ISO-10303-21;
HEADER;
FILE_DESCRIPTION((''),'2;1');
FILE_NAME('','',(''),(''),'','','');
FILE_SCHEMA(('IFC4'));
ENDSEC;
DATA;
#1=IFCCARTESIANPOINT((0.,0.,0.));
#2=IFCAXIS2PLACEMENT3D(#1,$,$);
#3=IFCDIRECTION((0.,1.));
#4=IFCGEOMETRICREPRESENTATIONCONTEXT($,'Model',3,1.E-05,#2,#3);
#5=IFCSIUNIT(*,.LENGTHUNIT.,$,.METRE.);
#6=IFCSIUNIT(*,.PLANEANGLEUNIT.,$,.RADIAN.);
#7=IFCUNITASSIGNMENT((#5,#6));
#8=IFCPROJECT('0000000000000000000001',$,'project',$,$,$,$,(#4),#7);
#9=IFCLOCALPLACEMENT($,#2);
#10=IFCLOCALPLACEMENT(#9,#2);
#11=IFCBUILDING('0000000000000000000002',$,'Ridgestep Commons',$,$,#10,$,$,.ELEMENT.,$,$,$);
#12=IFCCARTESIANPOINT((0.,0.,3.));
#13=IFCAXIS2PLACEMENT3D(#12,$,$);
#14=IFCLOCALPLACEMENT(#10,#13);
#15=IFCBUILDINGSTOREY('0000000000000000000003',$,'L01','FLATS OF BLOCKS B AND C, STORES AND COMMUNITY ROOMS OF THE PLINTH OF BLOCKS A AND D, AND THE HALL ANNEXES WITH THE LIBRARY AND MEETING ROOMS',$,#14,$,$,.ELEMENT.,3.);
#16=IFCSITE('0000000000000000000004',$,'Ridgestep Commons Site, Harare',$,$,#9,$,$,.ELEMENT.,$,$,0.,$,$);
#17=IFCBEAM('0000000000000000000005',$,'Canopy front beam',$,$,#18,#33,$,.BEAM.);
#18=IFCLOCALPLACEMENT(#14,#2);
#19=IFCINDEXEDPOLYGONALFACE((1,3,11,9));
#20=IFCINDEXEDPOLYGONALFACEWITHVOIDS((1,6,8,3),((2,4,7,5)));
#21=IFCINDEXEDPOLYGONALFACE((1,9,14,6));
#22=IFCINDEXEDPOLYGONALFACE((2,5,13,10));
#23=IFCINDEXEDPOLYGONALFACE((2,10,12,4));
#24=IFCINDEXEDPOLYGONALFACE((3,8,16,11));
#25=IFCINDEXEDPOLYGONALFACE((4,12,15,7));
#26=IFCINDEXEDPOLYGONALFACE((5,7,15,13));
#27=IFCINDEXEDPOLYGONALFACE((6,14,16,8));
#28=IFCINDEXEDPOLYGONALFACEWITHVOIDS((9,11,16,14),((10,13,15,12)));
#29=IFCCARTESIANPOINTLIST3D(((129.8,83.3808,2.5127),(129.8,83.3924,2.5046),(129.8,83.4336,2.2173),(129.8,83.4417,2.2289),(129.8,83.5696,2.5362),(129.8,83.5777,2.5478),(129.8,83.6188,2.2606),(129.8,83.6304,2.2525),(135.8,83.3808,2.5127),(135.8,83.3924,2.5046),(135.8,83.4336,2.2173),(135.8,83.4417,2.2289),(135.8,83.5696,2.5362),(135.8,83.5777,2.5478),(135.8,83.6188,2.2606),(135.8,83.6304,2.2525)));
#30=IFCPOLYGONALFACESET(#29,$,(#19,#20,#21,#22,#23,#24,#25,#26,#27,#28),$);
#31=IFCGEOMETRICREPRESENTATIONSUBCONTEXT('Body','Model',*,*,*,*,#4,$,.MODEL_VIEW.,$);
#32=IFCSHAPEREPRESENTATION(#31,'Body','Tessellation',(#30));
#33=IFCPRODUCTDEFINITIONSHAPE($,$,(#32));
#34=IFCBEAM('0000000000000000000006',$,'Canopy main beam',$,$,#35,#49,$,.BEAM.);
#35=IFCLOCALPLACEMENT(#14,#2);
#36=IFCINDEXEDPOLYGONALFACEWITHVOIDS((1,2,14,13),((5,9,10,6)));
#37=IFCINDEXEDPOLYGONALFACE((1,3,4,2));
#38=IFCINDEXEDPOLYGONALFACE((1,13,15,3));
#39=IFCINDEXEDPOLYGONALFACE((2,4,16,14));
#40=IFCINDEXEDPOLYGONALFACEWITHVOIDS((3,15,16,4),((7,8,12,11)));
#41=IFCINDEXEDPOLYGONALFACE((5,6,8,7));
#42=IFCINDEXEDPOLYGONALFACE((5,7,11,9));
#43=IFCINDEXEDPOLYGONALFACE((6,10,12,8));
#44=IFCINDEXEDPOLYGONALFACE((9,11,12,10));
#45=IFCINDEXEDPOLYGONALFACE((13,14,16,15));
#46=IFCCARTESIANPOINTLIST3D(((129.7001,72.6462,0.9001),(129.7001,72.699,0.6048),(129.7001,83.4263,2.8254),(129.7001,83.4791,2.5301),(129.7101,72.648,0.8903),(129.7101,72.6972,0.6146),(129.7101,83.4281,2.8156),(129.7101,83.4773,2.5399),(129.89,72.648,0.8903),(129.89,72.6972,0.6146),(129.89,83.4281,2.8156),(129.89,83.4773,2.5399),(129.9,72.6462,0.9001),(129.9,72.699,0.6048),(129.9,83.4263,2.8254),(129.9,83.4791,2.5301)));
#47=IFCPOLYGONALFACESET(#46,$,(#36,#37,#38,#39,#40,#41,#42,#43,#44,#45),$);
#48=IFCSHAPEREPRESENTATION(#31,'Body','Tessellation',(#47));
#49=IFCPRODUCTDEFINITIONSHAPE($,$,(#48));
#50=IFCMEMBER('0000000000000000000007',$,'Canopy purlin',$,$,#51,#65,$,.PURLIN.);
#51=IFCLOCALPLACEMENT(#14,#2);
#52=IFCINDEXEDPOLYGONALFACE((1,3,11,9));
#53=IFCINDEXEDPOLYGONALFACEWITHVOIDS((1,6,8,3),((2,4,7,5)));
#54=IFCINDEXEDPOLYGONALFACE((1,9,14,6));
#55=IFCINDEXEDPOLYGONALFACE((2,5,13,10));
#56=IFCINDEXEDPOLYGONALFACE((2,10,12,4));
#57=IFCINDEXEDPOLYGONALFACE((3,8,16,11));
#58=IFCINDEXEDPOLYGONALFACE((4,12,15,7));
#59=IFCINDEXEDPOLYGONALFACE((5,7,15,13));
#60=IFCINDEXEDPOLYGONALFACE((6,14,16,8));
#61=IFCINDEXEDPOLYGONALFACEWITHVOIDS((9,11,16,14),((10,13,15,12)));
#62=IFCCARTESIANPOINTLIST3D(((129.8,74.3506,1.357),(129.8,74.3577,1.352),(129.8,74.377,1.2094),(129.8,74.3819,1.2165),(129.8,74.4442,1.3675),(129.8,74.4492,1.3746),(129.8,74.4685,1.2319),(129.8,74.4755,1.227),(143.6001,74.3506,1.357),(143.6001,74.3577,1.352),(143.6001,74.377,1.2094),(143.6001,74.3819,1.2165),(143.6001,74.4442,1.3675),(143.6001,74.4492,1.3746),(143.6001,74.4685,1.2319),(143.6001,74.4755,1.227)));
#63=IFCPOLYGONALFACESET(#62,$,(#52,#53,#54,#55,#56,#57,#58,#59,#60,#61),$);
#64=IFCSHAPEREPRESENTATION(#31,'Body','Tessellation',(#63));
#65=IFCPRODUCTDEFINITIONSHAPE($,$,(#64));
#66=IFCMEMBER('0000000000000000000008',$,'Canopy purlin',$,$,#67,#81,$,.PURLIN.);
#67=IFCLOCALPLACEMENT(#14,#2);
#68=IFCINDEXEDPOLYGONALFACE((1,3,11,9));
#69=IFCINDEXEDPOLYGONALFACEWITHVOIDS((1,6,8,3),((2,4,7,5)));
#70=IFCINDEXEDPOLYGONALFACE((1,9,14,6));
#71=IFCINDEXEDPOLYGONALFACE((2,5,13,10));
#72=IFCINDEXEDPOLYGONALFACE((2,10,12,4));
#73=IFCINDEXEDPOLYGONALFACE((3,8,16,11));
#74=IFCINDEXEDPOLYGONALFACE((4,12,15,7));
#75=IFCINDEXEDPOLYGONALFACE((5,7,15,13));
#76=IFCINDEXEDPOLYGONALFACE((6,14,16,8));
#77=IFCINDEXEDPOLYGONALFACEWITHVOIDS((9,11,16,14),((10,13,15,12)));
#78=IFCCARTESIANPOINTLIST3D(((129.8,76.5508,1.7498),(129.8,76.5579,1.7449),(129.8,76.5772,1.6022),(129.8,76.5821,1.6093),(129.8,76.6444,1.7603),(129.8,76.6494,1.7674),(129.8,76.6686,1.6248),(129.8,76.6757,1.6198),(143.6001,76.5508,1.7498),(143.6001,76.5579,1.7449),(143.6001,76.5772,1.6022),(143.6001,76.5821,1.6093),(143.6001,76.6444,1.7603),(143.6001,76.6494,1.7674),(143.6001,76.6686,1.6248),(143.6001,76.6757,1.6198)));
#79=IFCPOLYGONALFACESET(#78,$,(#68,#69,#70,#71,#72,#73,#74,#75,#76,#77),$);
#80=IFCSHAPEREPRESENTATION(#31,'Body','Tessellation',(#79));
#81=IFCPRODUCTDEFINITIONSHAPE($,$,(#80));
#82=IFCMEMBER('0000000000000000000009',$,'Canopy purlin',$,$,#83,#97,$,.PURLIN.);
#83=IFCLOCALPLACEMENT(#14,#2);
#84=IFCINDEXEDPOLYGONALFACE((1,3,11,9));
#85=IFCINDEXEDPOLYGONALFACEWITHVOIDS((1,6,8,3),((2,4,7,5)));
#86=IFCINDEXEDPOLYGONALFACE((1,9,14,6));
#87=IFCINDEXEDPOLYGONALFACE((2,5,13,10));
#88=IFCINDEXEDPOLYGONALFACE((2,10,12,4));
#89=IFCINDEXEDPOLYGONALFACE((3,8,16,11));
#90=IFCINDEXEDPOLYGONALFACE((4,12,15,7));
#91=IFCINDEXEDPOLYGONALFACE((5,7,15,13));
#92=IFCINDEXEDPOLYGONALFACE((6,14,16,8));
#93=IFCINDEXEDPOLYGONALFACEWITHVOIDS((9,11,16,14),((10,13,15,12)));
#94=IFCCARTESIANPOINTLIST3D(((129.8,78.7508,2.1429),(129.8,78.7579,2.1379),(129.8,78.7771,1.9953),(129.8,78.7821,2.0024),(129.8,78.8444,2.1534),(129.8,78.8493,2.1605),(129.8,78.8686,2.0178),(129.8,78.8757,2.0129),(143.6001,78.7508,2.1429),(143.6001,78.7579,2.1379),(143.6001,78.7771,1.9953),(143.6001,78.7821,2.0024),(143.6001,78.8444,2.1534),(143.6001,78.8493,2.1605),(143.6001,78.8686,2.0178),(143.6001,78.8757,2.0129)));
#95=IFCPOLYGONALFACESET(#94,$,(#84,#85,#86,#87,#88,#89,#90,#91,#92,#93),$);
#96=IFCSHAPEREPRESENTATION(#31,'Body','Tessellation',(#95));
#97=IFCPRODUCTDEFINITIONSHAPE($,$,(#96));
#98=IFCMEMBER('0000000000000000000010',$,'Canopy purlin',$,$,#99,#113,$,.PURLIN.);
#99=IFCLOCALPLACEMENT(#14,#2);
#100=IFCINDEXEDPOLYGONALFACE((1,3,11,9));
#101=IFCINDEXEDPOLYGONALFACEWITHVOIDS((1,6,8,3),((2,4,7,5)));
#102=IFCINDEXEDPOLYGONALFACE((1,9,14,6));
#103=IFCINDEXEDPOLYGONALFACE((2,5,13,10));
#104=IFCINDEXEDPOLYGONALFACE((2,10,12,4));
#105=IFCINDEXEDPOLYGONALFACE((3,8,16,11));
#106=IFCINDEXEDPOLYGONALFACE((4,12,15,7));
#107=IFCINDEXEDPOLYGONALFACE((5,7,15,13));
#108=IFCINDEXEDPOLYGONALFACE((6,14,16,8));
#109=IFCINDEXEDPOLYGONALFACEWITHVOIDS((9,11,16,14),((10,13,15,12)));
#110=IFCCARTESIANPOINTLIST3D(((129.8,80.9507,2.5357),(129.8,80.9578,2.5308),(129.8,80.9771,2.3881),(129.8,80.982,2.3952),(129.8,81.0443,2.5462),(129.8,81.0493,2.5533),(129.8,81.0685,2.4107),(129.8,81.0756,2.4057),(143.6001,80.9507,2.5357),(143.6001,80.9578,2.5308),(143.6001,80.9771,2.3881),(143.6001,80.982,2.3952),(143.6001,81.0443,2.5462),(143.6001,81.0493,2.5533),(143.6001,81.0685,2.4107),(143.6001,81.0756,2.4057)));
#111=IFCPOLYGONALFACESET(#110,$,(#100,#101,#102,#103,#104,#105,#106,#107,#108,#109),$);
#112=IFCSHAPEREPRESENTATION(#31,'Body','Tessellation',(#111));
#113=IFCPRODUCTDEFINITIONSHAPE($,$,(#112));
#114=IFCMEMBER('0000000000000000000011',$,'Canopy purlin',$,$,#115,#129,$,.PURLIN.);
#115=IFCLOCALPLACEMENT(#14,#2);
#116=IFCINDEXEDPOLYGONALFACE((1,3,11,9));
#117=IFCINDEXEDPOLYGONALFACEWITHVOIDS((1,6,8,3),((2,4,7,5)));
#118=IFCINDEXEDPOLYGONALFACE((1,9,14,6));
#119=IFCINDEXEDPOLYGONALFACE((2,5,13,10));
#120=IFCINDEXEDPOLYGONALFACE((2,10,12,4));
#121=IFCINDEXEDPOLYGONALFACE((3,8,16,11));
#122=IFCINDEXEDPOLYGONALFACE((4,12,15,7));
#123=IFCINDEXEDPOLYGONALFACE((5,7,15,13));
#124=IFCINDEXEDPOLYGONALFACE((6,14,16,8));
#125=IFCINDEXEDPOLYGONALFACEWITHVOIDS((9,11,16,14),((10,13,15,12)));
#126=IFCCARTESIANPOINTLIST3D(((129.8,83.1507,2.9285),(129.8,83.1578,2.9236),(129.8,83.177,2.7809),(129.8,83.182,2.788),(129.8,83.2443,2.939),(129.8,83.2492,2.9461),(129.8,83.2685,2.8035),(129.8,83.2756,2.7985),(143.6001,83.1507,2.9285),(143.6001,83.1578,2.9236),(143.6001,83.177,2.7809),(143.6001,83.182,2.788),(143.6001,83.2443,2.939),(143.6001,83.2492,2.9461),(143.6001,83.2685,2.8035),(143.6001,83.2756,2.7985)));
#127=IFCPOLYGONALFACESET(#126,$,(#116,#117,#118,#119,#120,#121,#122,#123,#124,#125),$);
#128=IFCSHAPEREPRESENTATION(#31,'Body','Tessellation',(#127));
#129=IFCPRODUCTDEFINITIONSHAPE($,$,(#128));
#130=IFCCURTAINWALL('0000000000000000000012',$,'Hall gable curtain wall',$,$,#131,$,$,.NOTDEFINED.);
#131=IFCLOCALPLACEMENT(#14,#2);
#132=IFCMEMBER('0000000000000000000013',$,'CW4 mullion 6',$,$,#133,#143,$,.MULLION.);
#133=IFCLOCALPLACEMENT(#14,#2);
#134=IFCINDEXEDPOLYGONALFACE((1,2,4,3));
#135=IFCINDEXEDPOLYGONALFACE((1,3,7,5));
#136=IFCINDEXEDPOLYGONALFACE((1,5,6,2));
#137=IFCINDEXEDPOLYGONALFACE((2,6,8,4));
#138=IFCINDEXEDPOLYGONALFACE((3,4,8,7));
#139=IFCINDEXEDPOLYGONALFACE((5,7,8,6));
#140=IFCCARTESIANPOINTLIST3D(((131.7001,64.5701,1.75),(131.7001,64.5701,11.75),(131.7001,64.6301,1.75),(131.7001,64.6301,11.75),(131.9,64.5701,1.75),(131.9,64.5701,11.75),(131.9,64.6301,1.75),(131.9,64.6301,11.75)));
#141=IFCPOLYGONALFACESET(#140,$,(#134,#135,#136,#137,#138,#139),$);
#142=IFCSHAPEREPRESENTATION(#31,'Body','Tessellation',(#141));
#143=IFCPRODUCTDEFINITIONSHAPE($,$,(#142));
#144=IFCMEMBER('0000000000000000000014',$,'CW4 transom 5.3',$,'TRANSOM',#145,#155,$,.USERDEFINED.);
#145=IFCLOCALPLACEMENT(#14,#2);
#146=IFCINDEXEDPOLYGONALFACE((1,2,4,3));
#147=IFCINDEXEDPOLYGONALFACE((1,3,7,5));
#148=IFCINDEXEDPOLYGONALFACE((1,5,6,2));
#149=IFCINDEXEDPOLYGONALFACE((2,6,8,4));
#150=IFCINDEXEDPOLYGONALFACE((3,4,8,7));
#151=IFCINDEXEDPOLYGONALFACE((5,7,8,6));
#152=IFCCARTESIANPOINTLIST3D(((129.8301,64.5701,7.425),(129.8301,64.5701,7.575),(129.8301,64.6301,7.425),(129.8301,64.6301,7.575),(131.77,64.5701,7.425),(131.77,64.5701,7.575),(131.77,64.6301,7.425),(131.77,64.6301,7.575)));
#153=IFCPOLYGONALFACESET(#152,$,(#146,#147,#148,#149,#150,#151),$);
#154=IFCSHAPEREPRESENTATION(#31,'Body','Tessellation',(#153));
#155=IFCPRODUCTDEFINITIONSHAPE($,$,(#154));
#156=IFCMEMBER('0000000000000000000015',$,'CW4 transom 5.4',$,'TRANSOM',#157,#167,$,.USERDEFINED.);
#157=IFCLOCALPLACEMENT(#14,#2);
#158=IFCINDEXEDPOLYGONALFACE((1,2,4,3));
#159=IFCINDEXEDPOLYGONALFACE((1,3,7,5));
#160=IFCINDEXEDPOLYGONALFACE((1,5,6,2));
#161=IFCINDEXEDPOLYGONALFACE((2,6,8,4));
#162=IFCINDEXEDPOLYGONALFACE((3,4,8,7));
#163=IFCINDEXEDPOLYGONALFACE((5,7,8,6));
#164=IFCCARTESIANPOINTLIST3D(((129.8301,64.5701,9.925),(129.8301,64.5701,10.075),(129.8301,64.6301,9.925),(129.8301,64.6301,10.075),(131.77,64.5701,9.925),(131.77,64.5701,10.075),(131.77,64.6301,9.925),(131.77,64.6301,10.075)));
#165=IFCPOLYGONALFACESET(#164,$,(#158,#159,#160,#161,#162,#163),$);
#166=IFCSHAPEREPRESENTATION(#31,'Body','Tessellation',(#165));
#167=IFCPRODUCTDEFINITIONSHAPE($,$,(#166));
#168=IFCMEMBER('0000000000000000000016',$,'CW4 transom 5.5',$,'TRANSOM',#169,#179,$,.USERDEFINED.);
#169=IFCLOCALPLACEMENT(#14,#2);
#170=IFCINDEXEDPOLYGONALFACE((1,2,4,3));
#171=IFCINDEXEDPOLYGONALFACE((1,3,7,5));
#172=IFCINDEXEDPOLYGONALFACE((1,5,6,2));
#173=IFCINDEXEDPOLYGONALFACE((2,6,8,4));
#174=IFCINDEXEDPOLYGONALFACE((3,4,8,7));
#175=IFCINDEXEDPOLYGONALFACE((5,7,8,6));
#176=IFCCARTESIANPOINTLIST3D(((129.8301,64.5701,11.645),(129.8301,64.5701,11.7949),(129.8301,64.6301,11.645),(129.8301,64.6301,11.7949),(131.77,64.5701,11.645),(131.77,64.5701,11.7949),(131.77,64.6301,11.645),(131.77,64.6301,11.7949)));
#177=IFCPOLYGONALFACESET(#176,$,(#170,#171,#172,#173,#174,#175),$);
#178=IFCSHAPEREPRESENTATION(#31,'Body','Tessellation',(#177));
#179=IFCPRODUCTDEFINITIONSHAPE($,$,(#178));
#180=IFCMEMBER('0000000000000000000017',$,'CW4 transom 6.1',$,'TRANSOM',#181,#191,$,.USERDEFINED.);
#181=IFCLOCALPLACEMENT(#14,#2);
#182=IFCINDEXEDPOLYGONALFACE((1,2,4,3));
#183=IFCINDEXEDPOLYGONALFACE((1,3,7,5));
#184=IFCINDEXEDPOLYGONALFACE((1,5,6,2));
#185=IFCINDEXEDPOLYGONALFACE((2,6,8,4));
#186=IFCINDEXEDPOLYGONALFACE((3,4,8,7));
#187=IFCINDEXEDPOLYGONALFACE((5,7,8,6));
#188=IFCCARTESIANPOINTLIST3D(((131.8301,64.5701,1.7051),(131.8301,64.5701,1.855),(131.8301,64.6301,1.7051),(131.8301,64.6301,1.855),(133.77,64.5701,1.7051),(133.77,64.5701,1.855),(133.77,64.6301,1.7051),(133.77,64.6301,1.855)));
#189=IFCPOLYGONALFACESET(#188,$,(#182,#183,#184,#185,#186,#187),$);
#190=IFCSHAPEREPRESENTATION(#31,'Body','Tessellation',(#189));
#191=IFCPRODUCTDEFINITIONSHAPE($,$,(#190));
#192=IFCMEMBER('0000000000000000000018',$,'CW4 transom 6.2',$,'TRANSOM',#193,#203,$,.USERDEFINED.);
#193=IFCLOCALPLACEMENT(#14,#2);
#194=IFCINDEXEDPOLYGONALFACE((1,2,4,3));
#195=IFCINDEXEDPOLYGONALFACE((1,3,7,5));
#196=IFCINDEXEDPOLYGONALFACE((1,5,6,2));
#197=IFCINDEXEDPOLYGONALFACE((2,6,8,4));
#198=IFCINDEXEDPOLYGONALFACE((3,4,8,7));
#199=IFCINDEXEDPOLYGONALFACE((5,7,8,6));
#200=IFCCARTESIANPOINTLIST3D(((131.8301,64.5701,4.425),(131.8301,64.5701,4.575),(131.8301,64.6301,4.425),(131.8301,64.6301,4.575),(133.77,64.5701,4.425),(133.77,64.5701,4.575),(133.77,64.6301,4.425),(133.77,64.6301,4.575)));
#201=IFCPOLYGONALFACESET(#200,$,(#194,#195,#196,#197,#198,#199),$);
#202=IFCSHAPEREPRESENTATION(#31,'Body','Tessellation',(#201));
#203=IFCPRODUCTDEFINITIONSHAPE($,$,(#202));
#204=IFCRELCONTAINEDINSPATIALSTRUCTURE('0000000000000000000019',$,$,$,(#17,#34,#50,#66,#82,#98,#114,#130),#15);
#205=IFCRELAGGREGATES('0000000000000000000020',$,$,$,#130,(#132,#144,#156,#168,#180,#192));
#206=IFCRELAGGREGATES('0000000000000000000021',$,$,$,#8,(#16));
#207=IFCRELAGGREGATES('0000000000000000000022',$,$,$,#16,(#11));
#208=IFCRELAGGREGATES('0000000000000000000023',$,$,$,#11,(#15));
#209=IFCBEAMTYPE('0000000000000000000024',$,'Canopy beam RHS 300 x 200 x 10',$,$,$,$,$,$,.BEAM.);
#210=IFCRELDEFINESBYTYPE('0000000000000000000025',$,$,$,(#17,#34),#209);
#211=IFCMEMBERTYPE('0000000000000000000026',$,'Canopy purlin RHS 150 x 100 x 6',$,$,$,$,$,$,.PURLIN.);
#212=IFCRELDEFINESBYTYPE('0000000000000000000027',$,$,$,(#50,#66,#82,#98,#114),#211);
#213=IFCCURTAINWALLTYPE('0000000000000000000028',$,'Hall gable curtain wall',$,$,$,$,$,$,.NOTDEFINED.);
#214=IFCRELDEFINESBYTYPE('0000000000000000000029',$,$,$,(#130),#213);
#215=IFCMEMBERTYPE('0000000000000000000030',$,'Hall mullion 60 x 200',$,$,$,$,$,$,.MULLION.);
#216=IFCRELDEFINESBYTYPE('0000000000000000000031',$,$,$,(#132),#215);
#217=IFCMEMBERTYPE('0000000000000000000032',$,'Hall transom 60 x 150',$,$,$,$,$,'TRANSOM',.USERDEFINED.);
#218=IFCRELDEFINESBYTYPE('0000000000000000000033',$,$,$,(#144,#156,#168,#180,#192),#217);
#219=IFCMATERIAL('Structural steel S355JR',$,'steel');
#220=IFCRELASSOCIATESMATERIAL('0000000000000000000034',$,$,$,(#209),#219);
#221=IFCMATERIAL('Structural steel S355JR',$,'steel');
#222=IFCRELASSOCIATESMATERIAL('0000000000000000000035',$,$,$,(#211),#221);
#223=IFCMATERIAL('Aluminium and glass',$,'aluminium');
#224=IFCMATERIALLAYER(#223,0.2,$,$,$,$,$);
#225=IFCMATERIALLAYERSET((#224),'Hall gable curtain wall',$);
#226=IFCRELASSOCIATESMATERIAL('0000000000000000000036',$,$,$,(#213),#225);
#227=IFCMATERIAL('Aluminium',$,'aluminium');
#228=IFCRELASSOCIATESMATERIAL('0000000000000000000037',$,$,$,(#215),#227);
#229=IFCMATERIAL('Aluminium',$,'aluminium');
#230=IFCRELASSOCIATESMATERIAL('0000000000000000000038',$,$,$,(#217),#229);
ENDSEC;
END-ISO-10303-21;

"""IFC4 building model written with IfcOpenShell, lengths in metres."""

from ifc_helpers import new_model, si_unit, direction, frame, origin, origin_2d, place, context, subcontext, project, spatial, rectangle, hollow_rectangle, extrude, material, layer, layer_set, material_profile, profile_set, type_object, element, aggregate, save


model = new_model("IFC4")

# Units and contexts
model_context = context("Model", 3, precision=1e-05, world=origin(), true_north=direction((0.0, 1.0)))
body_context = subcontext(model_context, "Body", "Model", "MODEL_VIEW")
ifc_project = project(units=[si_unit("LENGTHUNIT", "METRE"), si_unit("PLANEANGLEUNIT", "RADIAN")], contexts=[model_context])

# Site, building, storey
site_placement = place(None, origin())
site = spatial("IfcSite", under=ifc_project, at=site_placement, Name="Ridgestep Commons Site, Harare", CompositionType="ELEMENT", RefElevation=0.0)
building_placement = place(site_placement, origin())
building = spatial("IfcBuilding", under=site, at=building_placement, Name="Ridgestep Commons", CompositionType="ELEMENT")
storey_placement = place(building_placement, frame((0.0, 0.0, 3.0)))
storey = spatial("IfcBuildingStorey", under=building, at=storey_placement, Name="L01", Description="FLATS OF BLOCKS B AND C, STORES AND COMMUNITY ROOMS OF THE PLINTH OF BLOCKS A AND D, AND THE HALL ANNEXES WITH THE LIBRARY AND MEETING ROOMS", CompositionType="ELEMENT", Elevation=3.0)

# Beams
ifc_material_1 = material(Name="Structural steel S355JR", Category="steel")
ifc_material_profile_1 = material_profile(ifc_material_1, hollow_rectangle(XDim=0.2, YDim=0.3, WallThickness=0.01, at=origin_2d()), Name="RHS 300x200x10")
ifc_profile_set_1 = profile_set([ifc_material_profile_1], Name="Structural steel S355JR")
beam_type = type_object("IfcBeamType", Name="Canopy beam RHS 300 x 200 x 10", PredefinedType="BEAM", material=ifc_profile_set_1)
beam_1_placement = place(storey_placement, frame((129.8, 83.5056, 2.3826), z_axis=(1.0, 0.0, 0.0), x_axis=(0.0, 0.984423, 0.175818)))
element("IfcBeam", 1, at=beam_1_placement, inside=storey, type_object=beam_type, Name="Canopy front beam", PredefinedType="BEAM", context=body_context, shape_type="SweptSolid", body=[
    extrude(hollow_rectangle(XDim=0.2, YDim=0.3, WallThickness=0.01, at=origin_2d()), origin(), (0.0, 0.0, 1.0), 6.0),
])
beam_2_placement = place(storey_placement, frame((129.8, 72.6726, 0.7524), z_axis=(0.0, 0.984423, 0.175816), x_axis=(-1.0, 0.0, 0.0)))
element("IfcBeam", 2, at=beam_2_placement, inside=storey, type_object=beam_type, Name="Canopy main beam", PredefinedType="BEAM", context=body_context, shape_type="SweptSolid", body=[
    extrude(hollow_rectangle(XDim=0.2, YDim=0.3, WallThickness=0.01, at=origin_2d()), origin(), (0.0, 0.0, 1.0), 10.9507),
])

# Members
ifc_material_2 = material(Name="Structural steel S355JR", Category="steel")
ifc_material_profile_2 = material_profile(ifc_material_2, hollow_rectangle(XDim=0.1001, YDim=0.1499, WallThickness=0.0061, at=origin_2d()), Name="RHS 150x100x6")
ifc_profile_set_2 = profile_set([ifc_material_profile_2], Name="Structural steel S355JR")
member_type_1 = type_object("IfcMemberType", Name="Canopy purlin RHS 150 x 100 x 6", PredefinedType="PURLIN", material=ifc_profile_set_2)
for number, where, z_axis, x_axis, name in (
    (3, (129.8, 74.4131, 1.292), (1.0, 0.0, 0.0), (0.0, 0.984423, 0.175818), "Canopy purlin"),
    (4, (129.8, 76.6133, 1.6848), (1.0, 0.0, 0.0), (0.0, 0.984423, 0.175818), "Canopy purlin"),
    (5, (129.8, 78.8132, 2.0779), (1.0, 0.0, 0.0), (0.0, 0.984423, 0.175818), "Canopy purlin"),
    (6, (129.8, 81.0132, 2.4707), (1.0, 0.0, 0.0), (0.0, 0.984423, 0.175818), "Canopy purlin"),
    (7, (129.8, 83.2131, 2.8635), (1.0, 0.0, 0.0), (0.0, 0.984423, 0.175818), "Canopy purlin"),
):
    element("IfcMember", number, at=place(storey_placement, frame(where, z_axis=z_axis, x_axis=x_axis)), inside=storey, type_object=member_type_1, Name=name, PredefinedType="PURLIN", context=body_context, shape_type="SweptSolid", body=[
        extrude(hollow_rectangle(XDim=0.1001, YDim=0.1499, WallThickness=0.0061, at=origin_2d()), origin(), (0.0, 0.0, 1.0), 13.8),
    ])

# Curtain wall, members
ifc_material_3 = material(Name="Aluminium and glass", Category="aluminium")
ifc_layer_1 = layer(ifc_material_3, 0.2)
ifc_layer_set_1 = layer_set([ifc_layer_1], Name="Hall gable curtain wall")
curtain_wall_type = type_object("IfcCurtainWallType", Name="Hall gable curtain wall", PredefinedType="NOTDEFINED", material=ifc_layer_set_1)
curtain_wall_placement = place(storey_placement, origin())
curtain_wall = element("IfcCurtainWall", 8, at=curtain_wall_placement, inside=storey, type_object=curtain_wall_type, Name="Hall gable curtain wall", PredefinedType="NOTDEFINED")
ifc_material_4 = material(Name="Aluminium", Category="aluminium")
ifc_material_profile_3 = material_profile(ifc_material_4, rectangle(XDim=0.0601, YDim=0.2, at=origin_2d()), Name="Hall mullion 60 x 200")
ifc_profile_set_3 = profile_set([ifc_material_profile_3], Name="Aluminium")
member_type_2 = type_object("IfcMemberType", Name="Hall mullion 60 x 200", PredefinedType="MULLION", material=ifc_profile_set_3)
member_1_placement = place(storey_placement, frame((131.8, 64.6001, 1.75), z_axis=(0.0, 0.0, 1.0), x_axis=(0.0, 1.0, 0.0)))
member_1 = element("IfcMember", 9, at=member_1_placement, type_object=member_type_2, Name="CW4 mullion 6", PredefinedType="MULLION", context=body_context, shape_type="SweptSolid", body=[
    extrude(rectangle(XDim=0.0601, YDim=0.2, at=origin_2d()), origin(), (0.0, 0.0, 1.0), 10.0),
])
ifc_material_5 = material(Name="Aluminium", Category="aluminium")
ifc_material_profile_4 = material_profile(ifc_material_5, rectangle(XDim=0.0601, YDim=0.1499, at=origin_2d()), Name="Hall transom 60 x 150")
ifc_profile_set_4 = profile_set([ifc_material_profile_4], Name="Aluminium")
member_type_3 = type_object("IfcMemberType", Name="Hall transom 60 x 150", ElementType="TRANSOM", PredefinedType="USERDEFINED", material=ifc_profile_set_4)
member_2_placement = place(storey_placement, frame((129.8301, 64.6001, 7.5), z_axis=(1.0, 0.0, 0.0), x_axis=(0.0, 1.0, 0.0)))
member_2 = element("IfcMember", 10, at=member_2_placement, type_object=member_type_3, Name="CW4 transom 5.3", ObjectType="TRANSOM", PredefinedType="USERDEFINED", context=body_context, shape_type="SweptSolid", body=[
    extrude(rectangle(XDim=0.0601, YDim=0.1499, at=origin_2d()), origin(), (0.0, 0.0, 1.0), 1.9399),
])
member_3_placement = place(storey_placement, frame((129.8301, 64.6001, 10.0), z_axis=(1.0, 0.0, 0.0), x_axis=(0.0, 1.0, 0.0)))
member_3 = element("IfcMember", 11, at=member_3_placement, type_object=member_type_3, Name="CW4 transom 5.4", ObjectType="TRANSOM", PredefinedType="USERDEFINED", context=body_context, shape_type="SweptSolid", body=[
    extrude(rectangle(XDim=0.0601, YDim=0.1499, at=origin_2d()), origin(), (0.0, 0.0, 1.0), 1.9399),
])
member_4_placement = place(storey_placement, frame((129.8301, 64.6001, 11.72), z_axis=(1.0, 0.0, 0.0), x_axis=(0.0, 1.0, 0.0)))
member_4 = element("IfcMember", 12, at=member_4_placement, type_object=member_type_3, Name="CW4 transom 5.5", ObjectType="TRANSOM", PredefinedType="USERDEFINED", context=body_context, shape_type="SweptSolid", body=[
    extrude(rectangle(XDim=0.0601, YDim=0.1499, at=origin_2d()), origin(), (0.0, 0.0, 1.0), 1.9399),
])
member_5_placement = place(storey_placement, frame((131.8301, 64.6001, 1.78), z_axis=(1.0, 0.0, 0.0), x_axis=(0.0, 1.0, 0.0)))
member_5 = element("IfcMember", 13, at=member_5_placement, type_object=member_type_3, Name="CW4 transom 6.1", ObjectType="TRANSOM", PredefinedType="USERDEFINED", context=body_context, shape_type="SweptSolid", body=[
    extrude(rectangle(XDim=0.0601, YDim=0.1499, at=origin_2d()), origin(), (0.0, 0.0, 1.0), 1.9399),
])
member_6_placement = place(storey_placement, frame((131.8301, 64.6001, 4.5), z_axis=(1.0, 0.0, 0.0), x_axis=(0.0, 1.0, 0.0)))
member_6 = element("IfcMember", 14, at=member_6_placement, type_object=member_type_3, Name="CW4 transom 6.2", ObjectType="TRANSOM", PredefinedType="USERDEFINED", context=body_context, shape_type="SweptSolid", body=[
    extrude(rectangle(XDim=0.0601, YDim=0.1499, at=origin_2d()), origin(), (0.0, 0.0, 1.0), 1.9399),
])
aggregate(curtain_wall, [member_1, member_2, member_3, member_4, member_5, member_6])

save(model, "model.ifc")
